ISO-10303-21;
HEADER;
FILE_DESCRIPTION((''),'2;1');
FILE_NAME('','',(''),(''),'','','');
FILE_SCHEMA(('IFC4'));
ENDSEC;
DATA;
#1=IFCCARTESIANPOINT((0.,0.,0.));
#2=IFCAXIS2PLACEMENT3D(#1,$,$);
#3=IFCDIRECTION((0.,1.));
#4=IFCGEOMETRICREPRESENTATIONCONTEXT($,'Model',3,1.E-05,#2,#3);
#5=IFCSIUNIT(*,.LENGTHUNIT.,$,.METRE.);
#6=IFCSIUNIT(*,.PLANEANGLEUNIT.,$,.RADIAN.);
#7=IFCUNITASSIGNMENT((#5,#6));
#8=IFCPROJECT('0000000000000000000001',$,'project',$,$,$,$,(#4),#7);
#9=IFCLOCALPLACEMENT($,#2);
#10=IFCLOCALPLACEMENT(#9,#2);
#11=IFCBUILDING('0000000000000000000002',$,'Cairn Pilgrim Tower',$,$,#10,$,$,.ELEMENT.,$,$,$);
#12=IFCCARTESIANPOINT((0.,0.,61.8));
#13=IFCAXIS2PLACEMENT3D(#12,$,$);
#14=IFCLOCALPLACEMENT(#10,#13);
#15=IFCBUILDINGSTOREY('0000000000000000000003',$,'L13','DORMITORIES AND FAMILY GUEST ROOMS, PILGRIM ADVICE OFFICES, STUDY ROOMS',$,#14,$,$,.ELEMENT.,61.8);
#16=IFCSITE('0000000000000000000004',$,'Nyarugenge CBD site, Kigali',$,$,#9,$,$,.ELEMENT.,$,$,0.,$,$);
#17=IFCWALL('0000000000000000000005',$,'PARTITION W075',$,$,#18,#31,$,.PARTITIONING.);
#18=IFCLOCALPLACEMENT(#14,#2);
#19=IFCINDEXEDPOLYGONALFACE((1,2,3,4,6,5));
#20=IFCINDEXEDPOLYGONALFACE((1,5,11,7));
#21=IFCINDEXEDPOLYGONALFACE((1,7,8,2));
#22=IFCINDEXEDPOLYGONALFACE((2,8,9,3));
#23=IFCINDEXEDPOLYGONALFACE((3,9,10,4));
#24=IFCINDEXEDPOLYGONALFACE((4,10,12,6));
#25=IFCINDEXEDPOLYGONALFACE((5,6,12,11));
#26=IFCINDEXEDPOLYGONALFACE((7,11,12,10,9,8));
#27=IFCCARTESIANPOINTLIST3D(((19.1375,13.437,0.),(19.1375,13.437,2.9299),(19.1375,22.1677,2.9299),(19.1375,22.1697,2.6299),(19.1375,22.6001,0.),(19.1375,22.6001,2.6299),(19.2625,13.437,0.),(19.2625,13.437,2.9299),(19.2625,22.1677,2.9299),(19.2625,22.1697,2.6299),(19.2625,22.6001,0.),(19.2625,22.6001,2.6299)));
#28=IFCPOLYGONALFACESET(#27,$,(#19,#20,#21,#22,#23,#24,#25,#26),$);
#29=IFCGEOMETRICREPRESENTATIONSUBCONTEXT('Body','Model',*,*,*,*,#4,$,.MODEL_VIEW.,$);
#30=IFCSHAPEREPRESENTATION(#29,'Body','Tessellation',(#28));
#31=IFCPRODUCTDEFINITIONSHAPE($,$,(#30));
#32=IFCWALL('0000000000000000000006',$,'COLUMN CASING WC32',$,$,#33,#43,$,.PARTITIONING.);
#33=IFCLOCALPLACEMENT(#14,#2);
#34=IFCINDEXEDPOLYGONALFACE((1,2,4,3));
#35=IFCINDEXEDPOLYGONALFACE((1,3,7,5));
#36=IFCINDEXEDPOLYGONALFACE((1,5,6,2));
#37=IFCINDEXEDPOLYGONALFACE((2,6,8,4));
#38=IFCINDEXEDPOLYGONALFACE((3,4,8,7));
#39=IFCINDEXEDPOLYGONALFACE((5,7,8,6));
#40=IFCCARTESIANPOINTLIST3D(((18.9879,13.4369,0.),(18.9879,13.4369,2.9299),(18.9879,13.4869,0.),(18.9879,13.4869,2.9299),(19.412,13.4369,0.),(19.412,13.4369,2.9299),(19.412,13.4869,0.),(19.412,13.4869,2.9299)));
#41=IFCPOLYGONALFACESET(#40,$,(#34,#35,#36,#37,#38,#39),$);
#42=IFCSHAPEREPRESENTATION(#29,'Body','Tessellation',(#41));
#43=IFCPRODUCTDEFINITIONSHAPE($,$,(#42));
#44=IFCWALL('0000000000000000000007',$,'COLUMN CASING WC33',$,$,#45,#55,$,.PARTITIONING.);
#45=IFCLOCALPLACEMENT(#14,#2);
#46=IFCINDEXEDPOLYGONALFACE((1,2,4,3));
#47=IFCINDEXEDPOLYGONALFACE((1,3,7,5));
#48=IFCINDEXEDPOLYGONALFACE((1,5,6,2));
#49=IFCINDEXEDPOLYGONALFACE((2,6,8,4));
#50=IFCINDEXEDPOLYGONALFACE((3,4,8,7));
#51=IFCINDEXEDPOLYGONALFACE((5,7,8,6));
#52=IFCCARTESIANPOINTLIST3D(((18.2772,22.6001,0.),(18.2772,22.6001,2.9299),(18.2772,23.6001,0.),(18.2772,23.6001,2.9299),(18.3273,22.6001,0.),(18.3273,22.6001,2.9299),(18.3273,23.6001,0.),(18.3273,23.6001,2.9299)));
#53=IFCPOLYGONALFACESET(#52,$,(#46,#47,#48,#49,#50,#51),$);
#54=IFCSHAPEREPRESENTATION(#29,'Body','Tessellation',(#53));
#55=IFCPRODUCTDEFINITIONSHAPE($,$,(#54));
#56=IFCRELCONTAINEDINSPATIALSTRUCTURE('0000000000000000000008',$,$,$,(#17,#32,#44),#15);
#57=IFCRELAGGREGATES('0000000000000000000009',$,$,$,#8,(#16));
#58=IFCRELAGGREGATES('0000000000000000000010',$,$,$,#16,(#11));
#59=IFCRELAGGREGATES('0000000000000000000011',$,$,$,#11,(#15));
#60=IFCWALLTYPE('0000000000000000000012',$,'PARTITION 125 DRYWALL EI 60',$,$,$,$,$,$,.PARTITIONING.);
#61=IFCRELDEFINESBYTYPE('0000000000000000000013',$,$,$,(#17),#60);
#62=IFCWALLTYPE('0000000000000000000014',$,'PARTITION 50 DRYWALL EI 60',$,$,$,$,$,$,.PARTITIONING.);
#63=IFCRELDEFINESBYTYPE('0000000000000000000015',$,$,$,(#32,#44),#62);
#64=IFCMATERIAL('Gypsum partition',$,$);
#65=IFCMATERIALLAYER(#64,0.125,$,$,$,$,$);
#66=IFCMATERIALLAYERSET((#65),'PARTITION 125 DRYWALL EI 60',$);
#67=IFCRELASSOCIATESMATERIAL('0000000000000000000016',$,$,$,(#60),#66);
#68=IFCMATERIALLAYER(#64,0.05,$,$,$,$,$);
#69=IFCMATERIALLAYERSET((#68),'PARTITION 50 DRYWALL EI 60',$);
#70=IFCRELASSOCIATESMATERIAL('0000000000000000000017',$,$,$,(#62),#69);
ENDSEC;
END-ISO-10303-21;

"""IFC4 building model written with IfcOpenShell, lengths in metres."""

from ifc_helpers import new_model, si_unit, direction, frame, frame_2d, origin, place, context, subcontext, project, spatial, polyline, rectangle, outline, extrude, material, layer, layer_set, type_object, element, save


model = new_model("IFC4")

# Units and contexts
model_context = context("Model", 3, precision=1e-05, world=origin(), true_north=direction((0.0, 1.0)))
body_context = subcontext(model_context, "Body", "Model", "MODEL_VIEW")
ifc_project = project(units=[si_unit("LENGTHUNIT", "METRE"), si_unit("PLANEANGLEUNIT", "RADIAN")], contexts=[model_context])

# Site, building, storey
site_placement = place(None, origin())
site = spatial("IfcSite", under=ifc_project, at=site_placement, Name="Nyarugenge CBD site, Kigali", CompositionType="ELEMENT", RefElevation=0.0)
building_placement = place(site_placement, origin())
building = spatial("IfcBuilding", under=site, at=building_placement, Name="Cairn Pilgrim Tower", CompositionType="ELEMENT")
storey_placement = place(building_placement, frame((0.0, 0.0, 61.8)))
storey = spatial("IfcBuildingStorey", under=building, at=storey_placement, Name="L13", Description="DORMITORIES AND FAMILY GUEST ROOMS, PILGRIM ADVICE OFFICES, STUDY ROOMS", CompositionType="ELEMENT", Elevation=61.8)

# Walls
ifc_material_1 = material(Name="Gypsum partition")
ifc_layer_1 = layer(ifc_material_1, 0.125)
ifc_layer_set_1 = layer_set([ifc_layer_1], Name="PARTITION 125 DRYWALL EI 60")
wall_type_1 = type_object("IfcWallType", Name="PARTITION 125 DRYWALL EI 60", PredefinedType="PARTITIONING", material=ifc_layer_set_1)
wall_1_placement = place(storey_placement, frame((19.2, 13.437, 0.0), z_axis=(0.0, 0.0, 1.0), x_axis=(0.0, 1.0, 0.0)))
element("IfcWall", 1, at=wall_1_placement, inside=storey, type_object=wall_type_1, Name="PARTITION W075", PredefinedType="PARTITIONING", context=body_context, shape_type="SweptSolid", body=[
    extrude(outline(polyline([(0.0, 0.0), (9.1631, 0.0), (9.1631, 2.6299), (8.7327, 2.6299), (8.7307, 2.9299), (0.0, 2.9299), (0.0, 0.0)])), frame((0.0, 0.0625, 0.0), z_axis=(0.0, -1.0, 0.0), x_axis=(1.0, 0.0, 0.0)), (0.0, 0.0, 1.0), 0.125),
])
ifc_layer_2 = layer(ifc_material_1, 0.05)
ifc_layer_set_2 = layer_set([ifc_layer_2], Name="PARTITION 50 DRYWALL EI 60")
wall_type_2 = type_object("IfcWallType", Name="PARTITION 50 DRYWALL EI 60", PredefinedType="PARTITIONING", material=ifc_layer_set_2)
wall_2_placement = place(storey_placement, frame((18.988, 13.4619, 0.0), z_axis=(0.0, 0.0, 1.0), x_axis=(1.0, 0.0, 0.0)))
element("IfcWall", 2, at=wall_2_placement, inside=storey, type_object=wall_type_2, Name="COLUMN CASING WC32", PredefinedType="PARTITIONING", context=body_context, shape_type="SweptSolid", body=[
    extrude(rectangle(XDim=0.4241, YDim=0.05, at=frame_2d((0.2119, 0.0))), origin(), (0.0, 0.0, 1.0), 2.9299),
])
wall_3_placement = place(storey_placement, frame((18.3022, 22.6001, 0.0), z_axis=(0.0, 0.0, 1.0), x_axis=(0.0, 1.0, 0.0)))
element("IfcWall", 3, at=wall_3_placement, inside=storey, type_object=wall_type_2, Name="COLUMN CASING WC33", PredefinedType="PARTITIONING", context=body_context, shape_type="SweptSolid", body=[
    extrude(rectangle(XDim=1.0, YDim=0.05, at=frame_2d((0.5, 0.0))), origin(), (0.0, 0.0, 1.0), 2.9299),
])

save(model, "model.ifc")
